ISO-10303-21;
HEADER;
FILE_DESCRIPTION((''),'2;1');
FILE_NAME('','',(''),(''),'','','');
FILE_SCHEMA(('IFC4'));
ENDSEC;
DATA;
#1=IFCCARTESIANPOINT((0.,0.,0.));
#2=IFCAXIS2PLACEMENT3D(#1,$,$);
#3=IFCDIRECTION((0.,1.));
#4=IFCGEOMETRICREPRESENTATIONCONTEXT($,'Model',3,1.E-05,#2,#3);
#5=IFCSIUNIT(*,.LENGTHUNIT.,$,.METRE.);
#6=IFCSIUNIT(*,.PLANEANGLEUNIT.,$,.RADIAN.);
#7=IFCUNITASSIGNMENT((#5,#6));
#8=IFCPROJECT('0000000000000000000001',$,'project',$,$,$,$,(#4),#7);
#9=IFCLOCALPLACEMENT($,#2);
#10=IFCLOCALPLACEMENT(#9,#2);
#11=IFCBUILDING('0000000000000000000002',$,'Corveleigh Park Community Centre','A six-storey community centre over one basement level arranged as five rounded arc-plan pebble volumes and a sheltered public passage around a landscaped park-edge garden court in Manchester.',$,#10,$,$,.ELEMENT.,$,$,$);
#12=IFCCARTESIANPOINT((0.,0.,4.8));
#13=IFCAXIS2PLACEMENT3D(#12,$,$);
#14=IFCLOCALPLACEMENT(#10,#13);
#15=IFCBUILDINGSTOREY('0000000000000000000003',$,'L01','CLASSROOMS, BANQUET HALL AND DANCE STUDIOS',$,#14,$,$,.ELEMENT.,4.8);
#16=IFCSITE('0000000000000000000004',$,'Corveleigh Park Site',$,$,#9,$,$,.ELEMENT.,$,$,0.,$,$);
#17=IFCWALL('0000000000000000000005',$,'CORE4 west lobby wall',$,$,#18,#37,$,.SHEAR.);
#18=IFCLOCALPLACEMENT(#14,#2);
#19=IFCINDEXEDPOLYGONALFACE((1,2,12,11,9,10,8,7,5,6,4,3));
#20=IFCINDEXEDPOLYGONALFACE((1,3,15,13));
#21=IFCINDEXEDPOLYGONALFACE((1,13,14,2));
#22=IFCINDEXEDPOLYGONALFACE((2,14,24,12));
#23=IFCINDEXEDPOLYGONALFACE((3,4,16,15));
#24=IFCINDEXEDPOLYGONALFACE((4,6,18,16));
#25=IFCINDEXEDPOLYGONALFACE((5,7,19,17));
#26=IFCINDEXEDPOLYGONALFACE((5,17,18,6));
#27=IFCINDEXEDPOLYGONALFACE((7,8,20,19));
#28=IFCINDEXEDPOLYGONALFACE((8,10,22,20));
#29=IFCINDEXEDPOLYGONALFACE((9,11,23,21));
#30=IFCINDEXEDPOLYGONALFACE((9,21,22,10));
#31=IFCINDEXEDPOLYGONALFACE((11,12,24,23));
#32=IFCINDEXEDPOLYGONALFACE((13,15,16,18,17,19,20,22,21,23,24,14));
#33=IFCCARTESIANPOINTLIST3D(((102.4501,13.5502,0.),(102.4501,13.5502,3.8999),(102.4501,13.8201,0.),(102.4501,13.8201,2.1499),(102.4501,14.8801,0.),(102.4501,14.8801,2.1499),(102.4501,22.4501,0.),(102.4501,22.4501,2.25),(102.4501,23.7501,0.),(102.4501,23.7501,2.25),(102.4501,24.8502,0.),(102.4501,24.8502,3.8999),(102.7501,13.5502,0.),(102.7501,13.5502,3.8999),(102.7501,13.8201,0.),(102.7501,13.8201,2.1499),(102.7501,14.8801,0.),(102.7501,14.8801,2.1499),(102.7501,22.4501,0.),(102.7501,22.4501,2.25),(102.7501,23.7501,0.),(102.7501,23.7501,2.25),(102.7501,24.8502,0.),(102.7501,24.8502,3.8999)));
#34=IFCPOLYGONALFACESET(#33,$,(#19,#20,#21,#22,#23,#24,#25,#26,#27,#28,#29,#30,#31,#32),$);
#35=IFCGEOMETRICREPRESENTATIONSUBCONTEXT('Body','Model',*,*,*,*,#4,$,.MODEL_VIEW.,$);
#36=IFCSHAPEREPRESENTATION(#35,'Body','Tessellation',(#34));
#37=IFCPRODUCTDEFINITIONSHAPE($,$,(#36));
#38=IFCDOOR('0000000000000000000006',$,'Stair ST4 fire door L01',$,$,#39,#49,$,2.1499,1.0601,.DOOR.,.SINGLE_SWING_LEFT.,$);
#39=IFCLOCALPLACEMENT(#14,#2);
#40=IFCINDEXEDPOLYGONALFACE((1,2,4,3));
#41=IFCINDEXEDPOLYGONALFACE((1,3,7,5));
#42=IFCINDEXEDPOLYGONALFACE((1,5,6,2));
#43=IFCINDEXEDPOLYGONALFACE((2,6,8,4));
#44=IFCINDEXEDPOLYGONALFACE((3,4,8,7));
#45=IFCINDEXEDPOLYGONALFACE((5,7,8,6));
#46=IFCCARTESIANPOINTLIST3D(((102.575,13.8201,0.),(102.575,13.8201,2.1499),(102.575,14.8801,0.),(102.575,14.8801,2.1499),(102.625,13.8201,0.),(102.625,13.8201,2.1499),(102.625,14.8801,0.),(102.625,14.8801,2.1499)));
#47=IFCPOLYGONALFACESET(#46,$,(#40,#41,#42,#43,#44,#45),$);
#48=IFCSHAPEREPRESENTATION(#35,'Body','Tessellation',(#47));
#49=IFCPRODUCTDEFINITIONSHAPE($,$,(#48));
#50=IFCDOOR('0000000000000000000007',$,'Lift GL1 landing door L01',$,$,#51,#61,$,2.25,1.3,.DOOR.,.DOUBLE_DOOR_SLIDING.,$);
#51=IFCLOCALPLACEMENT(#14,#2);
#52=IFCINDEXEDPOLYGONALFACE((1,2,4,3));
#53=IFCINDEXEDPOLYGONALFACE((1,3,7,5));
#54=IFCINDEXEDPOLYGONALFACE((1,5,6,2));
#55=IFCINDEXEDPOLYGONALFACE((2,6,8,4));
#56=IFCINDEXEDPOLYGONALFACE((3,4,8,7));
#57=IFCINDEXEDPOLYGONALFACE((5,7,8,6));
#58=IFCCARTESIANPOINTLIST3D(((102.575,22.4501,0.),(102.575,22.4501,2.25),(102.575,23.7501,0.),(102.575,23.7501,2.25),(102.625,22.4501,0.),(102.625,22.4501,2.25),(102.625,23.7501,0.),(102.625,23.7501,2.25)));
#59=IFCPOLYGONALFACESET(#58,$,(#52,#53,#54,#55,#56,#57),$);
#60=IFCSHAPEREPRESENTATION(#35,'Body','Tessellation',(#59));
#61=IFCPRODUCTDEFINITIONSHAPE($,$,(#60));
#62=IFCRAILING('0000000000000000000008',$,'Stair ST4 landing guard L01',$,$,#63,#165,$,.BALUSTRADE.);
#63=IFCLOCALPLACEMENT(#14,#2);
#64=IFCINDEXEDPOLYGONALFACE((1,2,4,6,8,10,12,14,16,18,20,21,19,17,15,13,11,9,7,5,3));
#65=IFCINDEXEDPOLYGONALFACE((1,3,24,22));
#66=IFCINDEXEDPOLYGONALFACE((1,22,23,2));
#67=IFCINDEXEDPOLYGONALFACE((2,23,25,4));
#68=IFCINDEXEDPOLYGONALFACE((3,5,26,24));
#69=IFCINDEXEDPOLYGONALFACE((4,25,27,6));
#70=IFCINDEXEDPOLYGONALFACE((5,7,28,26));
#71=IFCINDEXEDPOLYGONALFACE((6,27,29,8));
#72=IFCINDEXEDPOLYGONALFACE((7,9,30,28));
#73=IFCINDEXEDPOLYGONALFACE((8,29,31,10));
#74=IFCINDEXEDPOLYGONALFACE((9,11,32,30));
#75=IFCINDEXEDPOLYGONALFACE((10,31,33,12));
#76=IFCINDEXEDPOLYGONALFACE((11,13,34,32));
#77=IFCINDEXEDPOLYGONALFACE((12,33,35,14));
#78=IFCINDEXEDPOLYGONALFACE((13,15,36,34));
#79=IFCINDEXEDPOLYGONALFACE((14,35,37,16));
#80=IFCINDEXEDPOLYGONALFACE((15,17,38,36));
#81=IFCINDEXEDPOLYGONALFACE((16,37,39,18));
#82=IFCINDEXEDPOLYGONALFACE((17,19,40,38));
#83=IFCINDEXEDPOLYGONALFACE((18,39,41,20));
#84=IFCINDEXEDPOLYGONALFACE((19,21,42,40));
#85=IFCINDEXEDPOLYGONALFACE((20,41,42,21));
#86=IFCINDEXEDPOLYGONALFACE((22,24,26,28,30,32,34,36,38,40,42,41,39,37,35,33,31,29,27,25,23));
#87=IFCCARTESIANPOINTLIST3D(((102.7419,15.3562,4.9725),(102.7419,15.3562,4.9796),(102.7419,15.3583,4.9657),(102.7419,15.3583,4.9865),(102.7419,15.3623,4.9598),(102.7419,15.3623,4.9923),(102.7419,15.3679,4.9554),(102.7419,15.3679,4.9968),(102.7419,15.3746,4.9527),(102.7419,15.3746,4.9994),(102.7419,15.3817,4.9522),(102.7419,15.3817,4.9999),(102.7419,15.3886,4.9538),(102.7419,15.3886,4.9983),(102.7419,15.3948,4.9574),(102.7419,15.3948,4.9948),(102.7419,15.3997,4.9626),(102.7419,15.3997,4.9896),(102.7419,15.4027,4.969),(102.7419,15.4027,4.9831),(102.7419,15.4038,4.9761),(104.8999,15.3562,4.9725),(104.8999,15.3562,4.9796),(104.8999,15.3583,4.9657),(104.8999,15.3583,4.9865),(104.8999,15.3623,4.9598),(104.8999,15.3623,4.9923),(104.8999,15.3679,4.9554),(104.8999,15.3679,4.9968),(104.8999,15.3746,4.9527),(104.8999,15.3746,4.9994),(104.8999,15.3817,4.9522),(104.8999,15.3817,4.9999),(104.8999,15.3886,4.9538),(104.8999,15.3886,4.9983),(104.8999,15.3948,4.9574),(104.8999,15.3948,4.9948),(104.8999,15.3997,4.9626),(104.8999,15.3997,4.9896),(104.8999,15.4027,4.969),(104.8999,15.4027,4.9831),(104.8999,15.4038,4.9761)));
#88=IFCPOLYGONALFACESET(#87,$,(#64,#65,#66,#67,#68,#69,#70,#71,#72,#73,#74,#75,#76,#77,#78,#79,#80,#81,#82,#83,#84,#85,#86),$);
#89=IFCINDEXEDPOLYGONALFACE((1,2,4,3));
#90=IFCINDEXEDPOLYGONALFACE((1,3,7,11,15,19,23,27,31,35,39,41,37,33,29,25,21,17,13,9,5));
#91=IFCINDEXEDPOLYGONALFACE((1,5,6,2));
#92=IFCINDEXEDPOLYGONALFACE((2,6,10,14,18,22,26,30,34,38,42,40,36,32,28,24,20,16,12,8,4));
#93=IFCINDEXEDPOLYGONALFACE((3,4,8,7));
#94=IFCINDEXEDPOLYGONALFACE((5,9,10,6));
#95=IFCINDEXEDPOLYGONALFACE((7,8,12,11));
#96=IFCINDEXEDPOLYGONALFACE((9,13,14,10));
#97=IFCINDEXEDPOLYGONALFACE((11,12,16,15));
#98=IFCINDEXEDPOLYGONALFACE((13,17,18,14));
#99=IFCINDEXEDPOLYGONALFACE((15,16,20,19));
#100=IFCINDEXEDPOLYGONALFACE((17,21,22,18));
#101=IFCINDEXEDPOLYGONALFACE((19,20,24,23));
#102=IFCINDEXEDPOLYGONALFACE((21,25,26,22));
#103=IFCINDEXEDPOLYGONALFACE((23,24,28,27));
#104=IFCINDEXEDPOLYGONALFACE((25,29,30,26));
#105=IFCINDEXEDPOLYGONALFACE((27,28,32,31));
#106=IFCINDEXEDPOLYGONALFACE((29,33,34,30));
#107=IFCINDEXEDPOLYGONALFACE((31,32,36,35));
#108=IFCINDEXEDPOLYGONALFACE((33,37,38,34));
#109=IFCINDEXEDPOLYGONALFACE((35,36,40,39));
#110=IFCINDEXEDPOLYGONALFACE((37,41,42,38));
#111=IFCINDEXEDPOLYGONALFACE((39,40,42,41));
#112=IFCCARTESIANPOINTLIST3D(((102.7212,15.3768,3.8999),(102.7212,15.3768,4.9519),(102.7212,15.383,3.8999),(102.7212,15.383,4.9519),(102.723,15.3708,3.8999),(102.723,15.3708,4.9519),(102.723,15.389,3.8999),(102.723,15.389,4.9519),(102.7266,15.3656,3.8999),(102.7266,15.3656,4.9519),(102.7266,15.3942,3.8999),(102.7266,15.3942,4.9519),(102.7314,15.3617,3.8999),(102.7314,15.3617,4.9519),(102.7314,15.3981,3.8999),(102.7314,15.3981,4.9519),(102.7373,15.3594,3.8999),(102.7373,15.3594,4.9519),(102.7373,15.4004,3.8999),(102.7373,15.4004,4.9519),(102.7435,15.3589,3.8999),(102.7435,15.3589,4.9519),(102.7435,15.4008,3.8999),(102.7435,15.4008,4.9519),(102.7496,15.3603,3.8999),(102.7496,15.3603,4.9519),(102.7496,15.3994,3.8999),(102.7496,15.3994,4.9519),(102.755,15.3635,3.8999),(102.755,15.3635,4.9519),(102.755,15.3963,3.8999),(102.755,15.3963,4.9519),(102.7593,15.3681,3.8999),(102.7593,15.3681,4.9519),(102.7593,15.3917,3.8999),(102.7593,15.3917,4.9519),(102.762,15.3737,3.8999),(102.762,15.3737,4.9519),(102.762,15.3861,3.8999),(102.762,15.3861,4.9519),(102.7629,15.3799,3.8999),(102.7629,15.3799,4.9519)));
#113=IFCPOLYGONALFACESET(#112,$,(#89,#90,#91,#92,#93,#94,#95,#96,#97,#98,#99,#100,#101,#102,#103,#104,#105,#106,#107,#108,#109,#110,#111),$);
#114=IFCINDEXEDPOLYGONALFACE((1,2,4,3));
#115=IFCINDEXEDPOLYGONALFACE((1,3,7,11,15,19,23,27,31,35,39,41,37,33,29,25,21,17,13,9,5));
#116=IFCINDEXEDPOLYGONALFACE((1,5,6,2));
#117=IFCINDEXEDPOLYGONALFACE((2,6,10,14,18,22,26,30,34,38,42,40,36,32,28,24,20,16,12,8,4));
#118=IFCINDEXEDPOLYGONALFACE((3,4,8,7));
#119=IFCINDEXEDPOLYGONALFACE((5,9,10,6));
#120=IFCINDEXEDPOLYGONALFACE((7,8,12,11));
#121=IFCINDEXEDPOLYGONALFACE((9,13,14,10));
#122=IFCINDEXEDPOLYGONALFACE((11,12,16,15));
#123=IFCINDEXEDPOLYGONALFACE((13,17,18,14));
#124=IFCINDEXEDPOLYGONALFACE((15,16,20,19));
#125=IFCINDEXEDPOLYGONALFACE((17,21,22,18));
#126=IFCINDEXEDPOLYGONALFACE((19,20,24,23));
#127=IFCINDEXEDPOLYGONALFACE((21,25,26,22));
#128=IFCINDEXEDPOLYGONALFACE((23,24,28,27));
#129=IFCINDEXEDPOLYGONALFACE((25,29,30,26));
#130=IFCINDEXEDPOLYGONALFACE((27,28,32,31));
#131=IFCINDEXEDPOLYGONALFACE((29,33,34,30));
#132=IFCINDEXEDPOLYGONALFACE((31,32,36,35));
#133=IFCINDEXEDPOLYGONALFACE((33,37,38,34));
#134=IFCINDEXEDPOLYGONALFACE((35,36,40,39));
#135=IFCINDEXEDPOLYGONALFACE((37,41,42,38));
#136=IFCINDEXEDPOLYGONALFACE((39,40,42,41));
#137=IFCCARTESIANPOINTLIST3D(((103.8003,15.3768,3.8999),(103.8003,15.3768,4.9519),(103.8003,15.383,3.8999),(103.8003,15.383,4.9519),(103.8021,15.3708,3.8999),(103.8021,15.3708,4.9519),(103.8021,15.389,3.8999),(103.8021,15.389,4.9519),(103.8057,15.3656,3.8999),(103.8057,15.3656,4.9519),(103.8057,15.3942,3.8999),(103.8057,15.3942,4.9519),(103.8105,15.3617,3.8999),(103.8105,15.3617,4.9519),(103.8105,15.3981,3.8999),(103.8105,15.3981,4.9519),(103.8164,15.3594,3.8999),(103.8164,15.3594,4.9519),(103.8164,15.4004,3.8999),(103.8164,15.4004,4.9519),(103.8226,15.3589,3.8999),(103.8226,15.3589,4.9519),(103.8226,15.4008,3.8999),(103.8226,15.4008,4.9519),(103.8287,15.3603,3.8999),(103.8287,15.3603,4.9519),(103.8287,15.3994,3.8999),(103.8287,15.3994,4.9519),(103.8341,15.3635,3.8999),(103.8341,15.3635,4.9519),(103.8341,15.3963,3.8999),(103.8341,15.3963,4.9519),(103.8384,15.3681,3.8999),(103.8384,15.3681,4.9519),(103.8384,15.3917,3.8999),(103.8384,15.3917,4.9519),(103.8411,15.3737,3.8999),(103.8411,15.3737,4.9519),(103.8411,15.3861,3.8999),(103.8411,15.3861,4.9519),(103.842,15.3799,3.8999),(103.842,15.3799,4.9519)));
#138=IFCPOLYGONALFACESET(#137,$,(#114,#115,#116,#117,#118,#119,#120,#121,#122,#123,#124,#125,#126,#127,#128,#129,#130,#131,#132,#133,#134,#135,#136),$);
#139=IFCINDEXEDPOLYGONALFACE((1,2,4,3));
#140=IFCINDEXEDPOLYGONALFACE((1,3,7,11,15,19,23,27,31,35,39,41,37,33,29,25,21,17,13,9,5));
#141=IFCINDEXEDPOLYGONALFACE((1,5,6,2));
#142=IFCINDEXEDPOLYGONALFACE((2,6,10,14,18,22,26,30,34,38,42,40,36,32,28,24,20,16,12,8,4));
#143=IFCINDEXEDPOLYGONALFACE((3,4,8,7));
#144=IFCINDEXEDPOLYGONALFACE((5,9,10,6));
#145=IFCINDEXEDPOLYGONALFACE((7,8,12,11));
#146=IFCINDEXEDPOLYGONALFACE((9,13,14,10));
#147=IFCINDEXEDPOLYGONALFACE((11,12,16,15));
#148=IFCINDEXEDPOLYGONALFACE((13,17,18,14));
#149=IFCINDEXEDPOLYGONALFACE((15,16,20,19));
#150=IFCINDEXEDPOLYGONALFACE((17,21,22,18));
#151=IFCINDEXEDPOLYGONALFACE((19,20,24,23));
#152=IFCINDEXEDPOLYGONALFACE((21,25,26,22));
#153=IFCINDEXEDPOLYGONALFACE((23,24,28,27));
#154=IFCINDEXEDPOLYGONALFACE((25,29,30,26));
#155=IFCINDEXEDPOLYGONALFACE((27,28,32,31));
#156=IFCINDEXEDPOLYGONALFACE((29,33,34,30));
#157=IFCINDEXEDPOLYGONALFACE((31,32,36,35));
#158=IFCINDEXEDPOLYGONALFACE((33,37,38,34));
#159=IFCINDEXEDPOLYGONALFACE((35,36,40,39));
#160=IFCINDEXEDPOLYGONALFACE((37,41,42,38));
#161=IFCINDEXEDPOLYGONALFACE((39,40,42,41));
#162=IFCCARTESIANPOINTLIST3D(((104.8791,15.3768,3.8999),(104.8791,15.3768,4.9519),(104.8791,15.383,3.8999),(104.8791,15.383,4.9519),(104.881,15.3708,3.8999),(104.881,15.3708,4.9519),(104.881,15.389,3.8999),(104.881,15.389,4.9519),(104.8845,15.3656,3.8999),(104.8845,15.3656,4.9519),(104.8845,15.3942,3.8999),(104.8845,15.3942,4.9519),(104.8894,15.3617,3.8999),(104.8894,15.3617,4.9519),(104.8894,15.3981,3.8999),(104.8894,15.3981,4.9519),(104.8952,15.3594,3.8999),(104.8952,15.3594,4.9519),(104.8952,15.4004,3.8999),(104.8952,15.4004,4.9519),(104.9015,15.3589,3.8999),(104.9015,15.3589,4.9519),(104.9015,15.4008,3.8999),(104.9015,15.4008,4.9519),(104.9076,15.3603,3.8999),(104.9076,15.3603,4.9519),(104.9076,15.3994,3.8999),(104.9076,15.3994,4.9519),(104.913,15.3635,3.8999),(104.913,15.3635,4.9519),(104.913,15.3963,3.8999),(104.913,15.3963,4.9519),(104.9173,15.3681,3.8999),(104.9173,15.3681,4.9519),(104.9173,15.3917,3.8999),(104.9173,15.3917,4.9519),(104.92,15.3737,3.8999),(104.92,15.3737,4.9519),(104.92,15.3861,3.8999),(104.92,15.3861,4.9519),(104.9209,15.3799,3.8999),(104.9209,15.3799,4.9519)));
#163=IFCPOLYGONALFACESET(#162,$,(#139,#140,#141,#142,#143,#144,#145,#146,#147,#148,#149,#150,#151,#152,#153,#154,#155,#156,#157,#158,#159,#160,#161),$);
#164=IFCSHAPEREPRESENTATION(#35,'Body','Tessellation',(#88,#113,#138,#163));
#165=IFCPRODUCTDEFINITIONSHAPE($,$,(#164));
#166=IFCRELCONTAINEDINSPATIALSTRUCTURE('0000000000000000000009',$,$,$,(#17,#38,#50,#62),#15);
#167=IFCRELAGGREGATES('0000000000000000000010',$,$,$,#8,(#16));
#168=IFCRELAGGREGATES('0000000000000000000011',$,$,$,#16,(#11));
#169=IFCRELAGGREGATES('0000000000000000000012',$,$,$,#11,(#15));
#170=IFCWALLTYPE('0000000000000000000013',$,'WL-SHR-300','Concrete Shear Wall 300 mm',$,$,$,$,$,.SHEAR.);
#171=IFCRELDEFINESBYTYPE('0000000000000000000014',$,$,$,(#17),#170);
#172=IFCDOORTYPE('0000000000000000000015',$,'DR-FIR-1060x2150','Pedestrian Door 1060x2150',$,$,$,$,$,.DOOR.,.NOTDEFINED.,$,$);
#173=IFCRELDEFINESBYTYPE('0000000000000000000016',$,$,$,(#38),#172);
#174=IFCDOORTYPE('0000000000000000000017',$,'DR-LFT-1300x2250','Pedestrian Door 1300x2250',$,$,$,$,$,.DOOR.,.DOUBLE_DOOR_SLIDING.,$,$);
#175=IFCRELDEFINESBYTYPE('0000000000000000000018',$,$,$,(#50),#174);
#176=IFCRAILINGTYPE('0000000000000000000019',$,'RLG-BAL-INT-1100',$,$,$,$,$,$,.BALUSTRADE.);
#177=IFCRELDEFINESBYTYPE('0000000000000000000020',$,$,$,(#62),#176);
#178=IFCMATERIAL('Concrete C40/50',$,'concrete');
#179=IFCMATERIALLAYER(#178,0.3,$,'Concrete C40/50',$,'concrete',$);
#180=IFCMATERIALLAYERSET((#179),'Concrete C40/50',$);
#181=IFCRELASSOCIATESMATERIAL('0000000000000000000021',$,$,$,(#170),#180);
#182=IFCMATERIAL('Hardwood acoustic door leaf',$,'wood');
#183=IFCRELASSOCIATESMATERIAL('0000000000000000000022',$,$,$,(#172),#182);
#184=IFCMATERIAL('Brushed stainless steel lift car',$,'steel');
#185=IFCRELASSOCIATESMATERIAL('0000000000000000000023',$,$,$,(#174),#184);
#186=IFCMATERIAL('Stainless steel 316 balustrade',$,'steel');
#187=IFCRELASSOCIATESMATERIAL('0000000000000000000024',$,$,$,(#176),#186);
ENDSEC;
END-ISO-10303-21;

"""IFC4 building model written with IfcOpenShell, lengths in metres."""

from ifc_helpers import new_model, si_unit, direction, frame, frame_2d, origin, origin_2d, place, context, subcontext, project, spatial, rectangle, circle, extrude, material, layer, layer_set, type_object, element, fill, save


model = new_model("IFC4")

# Units and contexts
model_context = context("Model", 3, precision=1e-05, world=origin(), true_north=direction((0.0, 1.0)))
body_context = subcontext(model_context, "Body", "Model", "MODEL_VIEW")
ifc_project = project(units=[si_unit("LENGTHUNIT", "METRE"), si_unit("PLANEANGLEUNIT", "RADIAN")], contexts=[model_context])

# Site, building, storey
site_placement = place(None, origin())
site = spatial("IfcSite", under=ifc_project, at=site_placement, Name="Corveleigh Park Site", CompositionType="ELEMENT", RefElevation=0.0)
building_placement = place(site_placement, origin())
building = spatial("IfcBuilding", under=site, at=building_placement, Name="Corveleigh Park Community Centre", Description="A six-storey community centre over one basement level arranged as five rounded arc-plan pebble volumes and a sheltered public passage around a landscaped park-edge garden court in Manchester.", CompositionType="ELEMENT")
storey_placement = place(building_placement, frame((0.0, 0.0, 4.8)))
storey = spatial("IfcBuildingStorey", under=building, at=storey_placement, Name="L01", Description="CLASSROOMS, BANQUET HALL AND DANCE STUDIOS", CompositionType="ELEMENT", Elevation=4.8)

# Shared definitions
ifc_material_1 = material(Name="Concrete C40/50", Category="concrete")

# Shared definitions
ifc_material_2 = material(Name="Hardwood acoustic door leaf", Category="wood")

# Shared definitions
ifc_layer_1 = layer(ifc_material_1, 0.3, Name="Concrete C40/50", Category="concrete")
ifc_layer_set_1 = layer_set([ifc_layer_1], Name="Concrete C40/50")
wall_type_1 = type_object("IfcWallType", Name="WL-SHR-300", Description="Concrete Shear Wall 300 mm", PredefinedType="SHEAR", material=ifc_layer_set_1)

# Wall, openings, doors
wall_1_placement = place(storey_placement, frame((102.6001, 24.8501, 0.0), z_axis=(0.0, 0.0, 1.0), x_axis=(0.0, -1.0, 0.0)))
wall_1 = element("IfcWall", 1, at=wall_1_placement, inside=storey, type_object=wall_type_1, Name="CORE4 west lobby wall", PredefinedType="SHEAR", context=body_context, shape_type="SweptSolid", body=[
    extrude(rectangle(XDim=11.3, YDim=0.3, at=frame_2d((5.6499, 0.0))), origin(), (0.0, 0.0, 1.0), 3.8999),
])
opening_1_placement = place(wall_1_placement, frame((1.1001, 0.0, 0.0)))
opening_1 = element("IfcOpeningElement", 2, at=opening_1_placement, cuts=wall_1, PredefinedType="OPENING", context=body_context, shape_type="SweptSolid", body=[
    extrude(rectangle(XDim=1.3, YDim=2.25, at=frame_2d((0.6499, 1.125))), frame((0.0, 0.1599, 0.0), z_axis=(0.0, -1.0, 0.0), x_axis=(1.0, 0.0, 0.0)), (0.0, 0.0, 1.0), 0.3201),
])
opening_2_placement = place(wall_1_placement, frame((9.97, 0.0, 0.0)))
opening_2 = element("IfcOpeningElement", 3, at=opening_2_placement, cuts=wall_1, PredefinedType="OPENING", context=body_context, shape_type="SweptSolid", body=[
    extrude(rectangle(XDim=1.0601, YDim=2.1499, at=frame_2d((0.53, 1.075))), frame((0.0, 0.1599, 0.0), z_axis=(0.0, -1.0, 0.0), x_axis=(1.0, 0.0, 0.0)), (0.0, 0.0, 1.0), 0.3201),
])
door_type_1 = type_object("IfcDoorType", Name="DR-FIR-1060x2150", Description="Pedestrian Door 1060x2150", OperationType="NOTDEFINED", PredefinedType="DOOR", material=ifc_material_2)
door_1_placement = place(opening_2_placement, origin())
door_1 = element("IfcDoor", 4, at=door_1_placement, inside=storey, type_object=door_type_1, Name="Stair ST4 fire door L01", OperationType="SINGLE_SWING_LEFT", OverallHeight=2.1499, OverallWidth=1.0601, PredefinedType="DOOR", context=body_context, shape_type="SweptSolid", body=[
    extrude(rectangle(XDim=1.0601, YDim=2.1499, at=frame_2d((0.53, 1.075))), frame((0.0, 0.0249, 0.0), z_axis=(0.0, -1.0, 0.0), x_axis=(1.0, 0.0, 0.0)), (0.0, 0.0, 1.0), 0.05),
])
fill(opening_2, door_1)
ifc_material_3 = material(Name="Brushed stainless steel lift car", Category="steel")
door_type_2 = type_object("IfcDoorType", Name="DR-LFT-1300x2250", Description="Pedestrian Door 1300x2250", OperationType="DOUBLE_DOOR_SLIDING", PredefinedType="DOOR", material=ifc_material_3)
door_2_placement = place(opening_1_placement, origin())
door_2 = element("IfcDoor", 5, at=door_2_placement, inside=storey, type_object=door_type_2, Name="Lift GL1 landing door L01", OperationType="DOUBLE_DOOR_SLIDING", OverallHeight=2.25, OverallWidth=1.3, PredefinedType="DOOR", context=body_context, shape_type="SweptSolid", body=[
    extrude(rectangle(XDim=1.3, YDim=2.25, at=frame_2d((0.6499, 1.125))), frame((0.0, 0.0249, 0.0), z_axis=(0.0, -1.0, 0.0), x_axis=(1.0, 0.0, 0.0)), (0.0, 0.0, 1.0), 0.05),
])
fill(opening_1, door_2)

# Railing
ifc_material_4 = material(Name="Stainless steel 316 balustrade", Category="steel")
railing_type = type_object("IfcRailingType", Name="RLG-BAL-INT-1100", PredefinedType="BALUSTRADE", material=ifc_material_4)
railing_1_placement = place(storey_placement, frame((102.7419, 15.3799, 3.8999)))
element("IfcRailing", 6, at=railing_1_placement, inside=storey, type_object=railing_type, Name="Stair ST4 landing guard L01", PredefinedType="BALUSTRADE", context=body_context, shape_type="SweptSolid", body=[
    extrude(circle(Radius=0.0239, at=origin_2d()), frame((0.0, 0.0, 1.0762), z_axis=(1.0, 0.0, 0.0), x_axis=(0.0, 1.0, 0.0)), (0.0, 0.0, 1.0), 2.158),
    extrude(circle(Radius=0.021, at=origin_2d()), origin(), (0.0, 0.0, 1.0), 1.052),
    extrude(circle(Radius=0.021, at=origin_2d()), frame((1.0791, 0.0, 0.0)), (0.0, 0.0, 1.0), 1.052),
    extrude(circle(Radius=0.021, at=origin_2d()), frame((2.158, 0.0, 0.0)), (0.0, 0.0, 1.0), 1.052),
])

save(model, "model.ifc")
